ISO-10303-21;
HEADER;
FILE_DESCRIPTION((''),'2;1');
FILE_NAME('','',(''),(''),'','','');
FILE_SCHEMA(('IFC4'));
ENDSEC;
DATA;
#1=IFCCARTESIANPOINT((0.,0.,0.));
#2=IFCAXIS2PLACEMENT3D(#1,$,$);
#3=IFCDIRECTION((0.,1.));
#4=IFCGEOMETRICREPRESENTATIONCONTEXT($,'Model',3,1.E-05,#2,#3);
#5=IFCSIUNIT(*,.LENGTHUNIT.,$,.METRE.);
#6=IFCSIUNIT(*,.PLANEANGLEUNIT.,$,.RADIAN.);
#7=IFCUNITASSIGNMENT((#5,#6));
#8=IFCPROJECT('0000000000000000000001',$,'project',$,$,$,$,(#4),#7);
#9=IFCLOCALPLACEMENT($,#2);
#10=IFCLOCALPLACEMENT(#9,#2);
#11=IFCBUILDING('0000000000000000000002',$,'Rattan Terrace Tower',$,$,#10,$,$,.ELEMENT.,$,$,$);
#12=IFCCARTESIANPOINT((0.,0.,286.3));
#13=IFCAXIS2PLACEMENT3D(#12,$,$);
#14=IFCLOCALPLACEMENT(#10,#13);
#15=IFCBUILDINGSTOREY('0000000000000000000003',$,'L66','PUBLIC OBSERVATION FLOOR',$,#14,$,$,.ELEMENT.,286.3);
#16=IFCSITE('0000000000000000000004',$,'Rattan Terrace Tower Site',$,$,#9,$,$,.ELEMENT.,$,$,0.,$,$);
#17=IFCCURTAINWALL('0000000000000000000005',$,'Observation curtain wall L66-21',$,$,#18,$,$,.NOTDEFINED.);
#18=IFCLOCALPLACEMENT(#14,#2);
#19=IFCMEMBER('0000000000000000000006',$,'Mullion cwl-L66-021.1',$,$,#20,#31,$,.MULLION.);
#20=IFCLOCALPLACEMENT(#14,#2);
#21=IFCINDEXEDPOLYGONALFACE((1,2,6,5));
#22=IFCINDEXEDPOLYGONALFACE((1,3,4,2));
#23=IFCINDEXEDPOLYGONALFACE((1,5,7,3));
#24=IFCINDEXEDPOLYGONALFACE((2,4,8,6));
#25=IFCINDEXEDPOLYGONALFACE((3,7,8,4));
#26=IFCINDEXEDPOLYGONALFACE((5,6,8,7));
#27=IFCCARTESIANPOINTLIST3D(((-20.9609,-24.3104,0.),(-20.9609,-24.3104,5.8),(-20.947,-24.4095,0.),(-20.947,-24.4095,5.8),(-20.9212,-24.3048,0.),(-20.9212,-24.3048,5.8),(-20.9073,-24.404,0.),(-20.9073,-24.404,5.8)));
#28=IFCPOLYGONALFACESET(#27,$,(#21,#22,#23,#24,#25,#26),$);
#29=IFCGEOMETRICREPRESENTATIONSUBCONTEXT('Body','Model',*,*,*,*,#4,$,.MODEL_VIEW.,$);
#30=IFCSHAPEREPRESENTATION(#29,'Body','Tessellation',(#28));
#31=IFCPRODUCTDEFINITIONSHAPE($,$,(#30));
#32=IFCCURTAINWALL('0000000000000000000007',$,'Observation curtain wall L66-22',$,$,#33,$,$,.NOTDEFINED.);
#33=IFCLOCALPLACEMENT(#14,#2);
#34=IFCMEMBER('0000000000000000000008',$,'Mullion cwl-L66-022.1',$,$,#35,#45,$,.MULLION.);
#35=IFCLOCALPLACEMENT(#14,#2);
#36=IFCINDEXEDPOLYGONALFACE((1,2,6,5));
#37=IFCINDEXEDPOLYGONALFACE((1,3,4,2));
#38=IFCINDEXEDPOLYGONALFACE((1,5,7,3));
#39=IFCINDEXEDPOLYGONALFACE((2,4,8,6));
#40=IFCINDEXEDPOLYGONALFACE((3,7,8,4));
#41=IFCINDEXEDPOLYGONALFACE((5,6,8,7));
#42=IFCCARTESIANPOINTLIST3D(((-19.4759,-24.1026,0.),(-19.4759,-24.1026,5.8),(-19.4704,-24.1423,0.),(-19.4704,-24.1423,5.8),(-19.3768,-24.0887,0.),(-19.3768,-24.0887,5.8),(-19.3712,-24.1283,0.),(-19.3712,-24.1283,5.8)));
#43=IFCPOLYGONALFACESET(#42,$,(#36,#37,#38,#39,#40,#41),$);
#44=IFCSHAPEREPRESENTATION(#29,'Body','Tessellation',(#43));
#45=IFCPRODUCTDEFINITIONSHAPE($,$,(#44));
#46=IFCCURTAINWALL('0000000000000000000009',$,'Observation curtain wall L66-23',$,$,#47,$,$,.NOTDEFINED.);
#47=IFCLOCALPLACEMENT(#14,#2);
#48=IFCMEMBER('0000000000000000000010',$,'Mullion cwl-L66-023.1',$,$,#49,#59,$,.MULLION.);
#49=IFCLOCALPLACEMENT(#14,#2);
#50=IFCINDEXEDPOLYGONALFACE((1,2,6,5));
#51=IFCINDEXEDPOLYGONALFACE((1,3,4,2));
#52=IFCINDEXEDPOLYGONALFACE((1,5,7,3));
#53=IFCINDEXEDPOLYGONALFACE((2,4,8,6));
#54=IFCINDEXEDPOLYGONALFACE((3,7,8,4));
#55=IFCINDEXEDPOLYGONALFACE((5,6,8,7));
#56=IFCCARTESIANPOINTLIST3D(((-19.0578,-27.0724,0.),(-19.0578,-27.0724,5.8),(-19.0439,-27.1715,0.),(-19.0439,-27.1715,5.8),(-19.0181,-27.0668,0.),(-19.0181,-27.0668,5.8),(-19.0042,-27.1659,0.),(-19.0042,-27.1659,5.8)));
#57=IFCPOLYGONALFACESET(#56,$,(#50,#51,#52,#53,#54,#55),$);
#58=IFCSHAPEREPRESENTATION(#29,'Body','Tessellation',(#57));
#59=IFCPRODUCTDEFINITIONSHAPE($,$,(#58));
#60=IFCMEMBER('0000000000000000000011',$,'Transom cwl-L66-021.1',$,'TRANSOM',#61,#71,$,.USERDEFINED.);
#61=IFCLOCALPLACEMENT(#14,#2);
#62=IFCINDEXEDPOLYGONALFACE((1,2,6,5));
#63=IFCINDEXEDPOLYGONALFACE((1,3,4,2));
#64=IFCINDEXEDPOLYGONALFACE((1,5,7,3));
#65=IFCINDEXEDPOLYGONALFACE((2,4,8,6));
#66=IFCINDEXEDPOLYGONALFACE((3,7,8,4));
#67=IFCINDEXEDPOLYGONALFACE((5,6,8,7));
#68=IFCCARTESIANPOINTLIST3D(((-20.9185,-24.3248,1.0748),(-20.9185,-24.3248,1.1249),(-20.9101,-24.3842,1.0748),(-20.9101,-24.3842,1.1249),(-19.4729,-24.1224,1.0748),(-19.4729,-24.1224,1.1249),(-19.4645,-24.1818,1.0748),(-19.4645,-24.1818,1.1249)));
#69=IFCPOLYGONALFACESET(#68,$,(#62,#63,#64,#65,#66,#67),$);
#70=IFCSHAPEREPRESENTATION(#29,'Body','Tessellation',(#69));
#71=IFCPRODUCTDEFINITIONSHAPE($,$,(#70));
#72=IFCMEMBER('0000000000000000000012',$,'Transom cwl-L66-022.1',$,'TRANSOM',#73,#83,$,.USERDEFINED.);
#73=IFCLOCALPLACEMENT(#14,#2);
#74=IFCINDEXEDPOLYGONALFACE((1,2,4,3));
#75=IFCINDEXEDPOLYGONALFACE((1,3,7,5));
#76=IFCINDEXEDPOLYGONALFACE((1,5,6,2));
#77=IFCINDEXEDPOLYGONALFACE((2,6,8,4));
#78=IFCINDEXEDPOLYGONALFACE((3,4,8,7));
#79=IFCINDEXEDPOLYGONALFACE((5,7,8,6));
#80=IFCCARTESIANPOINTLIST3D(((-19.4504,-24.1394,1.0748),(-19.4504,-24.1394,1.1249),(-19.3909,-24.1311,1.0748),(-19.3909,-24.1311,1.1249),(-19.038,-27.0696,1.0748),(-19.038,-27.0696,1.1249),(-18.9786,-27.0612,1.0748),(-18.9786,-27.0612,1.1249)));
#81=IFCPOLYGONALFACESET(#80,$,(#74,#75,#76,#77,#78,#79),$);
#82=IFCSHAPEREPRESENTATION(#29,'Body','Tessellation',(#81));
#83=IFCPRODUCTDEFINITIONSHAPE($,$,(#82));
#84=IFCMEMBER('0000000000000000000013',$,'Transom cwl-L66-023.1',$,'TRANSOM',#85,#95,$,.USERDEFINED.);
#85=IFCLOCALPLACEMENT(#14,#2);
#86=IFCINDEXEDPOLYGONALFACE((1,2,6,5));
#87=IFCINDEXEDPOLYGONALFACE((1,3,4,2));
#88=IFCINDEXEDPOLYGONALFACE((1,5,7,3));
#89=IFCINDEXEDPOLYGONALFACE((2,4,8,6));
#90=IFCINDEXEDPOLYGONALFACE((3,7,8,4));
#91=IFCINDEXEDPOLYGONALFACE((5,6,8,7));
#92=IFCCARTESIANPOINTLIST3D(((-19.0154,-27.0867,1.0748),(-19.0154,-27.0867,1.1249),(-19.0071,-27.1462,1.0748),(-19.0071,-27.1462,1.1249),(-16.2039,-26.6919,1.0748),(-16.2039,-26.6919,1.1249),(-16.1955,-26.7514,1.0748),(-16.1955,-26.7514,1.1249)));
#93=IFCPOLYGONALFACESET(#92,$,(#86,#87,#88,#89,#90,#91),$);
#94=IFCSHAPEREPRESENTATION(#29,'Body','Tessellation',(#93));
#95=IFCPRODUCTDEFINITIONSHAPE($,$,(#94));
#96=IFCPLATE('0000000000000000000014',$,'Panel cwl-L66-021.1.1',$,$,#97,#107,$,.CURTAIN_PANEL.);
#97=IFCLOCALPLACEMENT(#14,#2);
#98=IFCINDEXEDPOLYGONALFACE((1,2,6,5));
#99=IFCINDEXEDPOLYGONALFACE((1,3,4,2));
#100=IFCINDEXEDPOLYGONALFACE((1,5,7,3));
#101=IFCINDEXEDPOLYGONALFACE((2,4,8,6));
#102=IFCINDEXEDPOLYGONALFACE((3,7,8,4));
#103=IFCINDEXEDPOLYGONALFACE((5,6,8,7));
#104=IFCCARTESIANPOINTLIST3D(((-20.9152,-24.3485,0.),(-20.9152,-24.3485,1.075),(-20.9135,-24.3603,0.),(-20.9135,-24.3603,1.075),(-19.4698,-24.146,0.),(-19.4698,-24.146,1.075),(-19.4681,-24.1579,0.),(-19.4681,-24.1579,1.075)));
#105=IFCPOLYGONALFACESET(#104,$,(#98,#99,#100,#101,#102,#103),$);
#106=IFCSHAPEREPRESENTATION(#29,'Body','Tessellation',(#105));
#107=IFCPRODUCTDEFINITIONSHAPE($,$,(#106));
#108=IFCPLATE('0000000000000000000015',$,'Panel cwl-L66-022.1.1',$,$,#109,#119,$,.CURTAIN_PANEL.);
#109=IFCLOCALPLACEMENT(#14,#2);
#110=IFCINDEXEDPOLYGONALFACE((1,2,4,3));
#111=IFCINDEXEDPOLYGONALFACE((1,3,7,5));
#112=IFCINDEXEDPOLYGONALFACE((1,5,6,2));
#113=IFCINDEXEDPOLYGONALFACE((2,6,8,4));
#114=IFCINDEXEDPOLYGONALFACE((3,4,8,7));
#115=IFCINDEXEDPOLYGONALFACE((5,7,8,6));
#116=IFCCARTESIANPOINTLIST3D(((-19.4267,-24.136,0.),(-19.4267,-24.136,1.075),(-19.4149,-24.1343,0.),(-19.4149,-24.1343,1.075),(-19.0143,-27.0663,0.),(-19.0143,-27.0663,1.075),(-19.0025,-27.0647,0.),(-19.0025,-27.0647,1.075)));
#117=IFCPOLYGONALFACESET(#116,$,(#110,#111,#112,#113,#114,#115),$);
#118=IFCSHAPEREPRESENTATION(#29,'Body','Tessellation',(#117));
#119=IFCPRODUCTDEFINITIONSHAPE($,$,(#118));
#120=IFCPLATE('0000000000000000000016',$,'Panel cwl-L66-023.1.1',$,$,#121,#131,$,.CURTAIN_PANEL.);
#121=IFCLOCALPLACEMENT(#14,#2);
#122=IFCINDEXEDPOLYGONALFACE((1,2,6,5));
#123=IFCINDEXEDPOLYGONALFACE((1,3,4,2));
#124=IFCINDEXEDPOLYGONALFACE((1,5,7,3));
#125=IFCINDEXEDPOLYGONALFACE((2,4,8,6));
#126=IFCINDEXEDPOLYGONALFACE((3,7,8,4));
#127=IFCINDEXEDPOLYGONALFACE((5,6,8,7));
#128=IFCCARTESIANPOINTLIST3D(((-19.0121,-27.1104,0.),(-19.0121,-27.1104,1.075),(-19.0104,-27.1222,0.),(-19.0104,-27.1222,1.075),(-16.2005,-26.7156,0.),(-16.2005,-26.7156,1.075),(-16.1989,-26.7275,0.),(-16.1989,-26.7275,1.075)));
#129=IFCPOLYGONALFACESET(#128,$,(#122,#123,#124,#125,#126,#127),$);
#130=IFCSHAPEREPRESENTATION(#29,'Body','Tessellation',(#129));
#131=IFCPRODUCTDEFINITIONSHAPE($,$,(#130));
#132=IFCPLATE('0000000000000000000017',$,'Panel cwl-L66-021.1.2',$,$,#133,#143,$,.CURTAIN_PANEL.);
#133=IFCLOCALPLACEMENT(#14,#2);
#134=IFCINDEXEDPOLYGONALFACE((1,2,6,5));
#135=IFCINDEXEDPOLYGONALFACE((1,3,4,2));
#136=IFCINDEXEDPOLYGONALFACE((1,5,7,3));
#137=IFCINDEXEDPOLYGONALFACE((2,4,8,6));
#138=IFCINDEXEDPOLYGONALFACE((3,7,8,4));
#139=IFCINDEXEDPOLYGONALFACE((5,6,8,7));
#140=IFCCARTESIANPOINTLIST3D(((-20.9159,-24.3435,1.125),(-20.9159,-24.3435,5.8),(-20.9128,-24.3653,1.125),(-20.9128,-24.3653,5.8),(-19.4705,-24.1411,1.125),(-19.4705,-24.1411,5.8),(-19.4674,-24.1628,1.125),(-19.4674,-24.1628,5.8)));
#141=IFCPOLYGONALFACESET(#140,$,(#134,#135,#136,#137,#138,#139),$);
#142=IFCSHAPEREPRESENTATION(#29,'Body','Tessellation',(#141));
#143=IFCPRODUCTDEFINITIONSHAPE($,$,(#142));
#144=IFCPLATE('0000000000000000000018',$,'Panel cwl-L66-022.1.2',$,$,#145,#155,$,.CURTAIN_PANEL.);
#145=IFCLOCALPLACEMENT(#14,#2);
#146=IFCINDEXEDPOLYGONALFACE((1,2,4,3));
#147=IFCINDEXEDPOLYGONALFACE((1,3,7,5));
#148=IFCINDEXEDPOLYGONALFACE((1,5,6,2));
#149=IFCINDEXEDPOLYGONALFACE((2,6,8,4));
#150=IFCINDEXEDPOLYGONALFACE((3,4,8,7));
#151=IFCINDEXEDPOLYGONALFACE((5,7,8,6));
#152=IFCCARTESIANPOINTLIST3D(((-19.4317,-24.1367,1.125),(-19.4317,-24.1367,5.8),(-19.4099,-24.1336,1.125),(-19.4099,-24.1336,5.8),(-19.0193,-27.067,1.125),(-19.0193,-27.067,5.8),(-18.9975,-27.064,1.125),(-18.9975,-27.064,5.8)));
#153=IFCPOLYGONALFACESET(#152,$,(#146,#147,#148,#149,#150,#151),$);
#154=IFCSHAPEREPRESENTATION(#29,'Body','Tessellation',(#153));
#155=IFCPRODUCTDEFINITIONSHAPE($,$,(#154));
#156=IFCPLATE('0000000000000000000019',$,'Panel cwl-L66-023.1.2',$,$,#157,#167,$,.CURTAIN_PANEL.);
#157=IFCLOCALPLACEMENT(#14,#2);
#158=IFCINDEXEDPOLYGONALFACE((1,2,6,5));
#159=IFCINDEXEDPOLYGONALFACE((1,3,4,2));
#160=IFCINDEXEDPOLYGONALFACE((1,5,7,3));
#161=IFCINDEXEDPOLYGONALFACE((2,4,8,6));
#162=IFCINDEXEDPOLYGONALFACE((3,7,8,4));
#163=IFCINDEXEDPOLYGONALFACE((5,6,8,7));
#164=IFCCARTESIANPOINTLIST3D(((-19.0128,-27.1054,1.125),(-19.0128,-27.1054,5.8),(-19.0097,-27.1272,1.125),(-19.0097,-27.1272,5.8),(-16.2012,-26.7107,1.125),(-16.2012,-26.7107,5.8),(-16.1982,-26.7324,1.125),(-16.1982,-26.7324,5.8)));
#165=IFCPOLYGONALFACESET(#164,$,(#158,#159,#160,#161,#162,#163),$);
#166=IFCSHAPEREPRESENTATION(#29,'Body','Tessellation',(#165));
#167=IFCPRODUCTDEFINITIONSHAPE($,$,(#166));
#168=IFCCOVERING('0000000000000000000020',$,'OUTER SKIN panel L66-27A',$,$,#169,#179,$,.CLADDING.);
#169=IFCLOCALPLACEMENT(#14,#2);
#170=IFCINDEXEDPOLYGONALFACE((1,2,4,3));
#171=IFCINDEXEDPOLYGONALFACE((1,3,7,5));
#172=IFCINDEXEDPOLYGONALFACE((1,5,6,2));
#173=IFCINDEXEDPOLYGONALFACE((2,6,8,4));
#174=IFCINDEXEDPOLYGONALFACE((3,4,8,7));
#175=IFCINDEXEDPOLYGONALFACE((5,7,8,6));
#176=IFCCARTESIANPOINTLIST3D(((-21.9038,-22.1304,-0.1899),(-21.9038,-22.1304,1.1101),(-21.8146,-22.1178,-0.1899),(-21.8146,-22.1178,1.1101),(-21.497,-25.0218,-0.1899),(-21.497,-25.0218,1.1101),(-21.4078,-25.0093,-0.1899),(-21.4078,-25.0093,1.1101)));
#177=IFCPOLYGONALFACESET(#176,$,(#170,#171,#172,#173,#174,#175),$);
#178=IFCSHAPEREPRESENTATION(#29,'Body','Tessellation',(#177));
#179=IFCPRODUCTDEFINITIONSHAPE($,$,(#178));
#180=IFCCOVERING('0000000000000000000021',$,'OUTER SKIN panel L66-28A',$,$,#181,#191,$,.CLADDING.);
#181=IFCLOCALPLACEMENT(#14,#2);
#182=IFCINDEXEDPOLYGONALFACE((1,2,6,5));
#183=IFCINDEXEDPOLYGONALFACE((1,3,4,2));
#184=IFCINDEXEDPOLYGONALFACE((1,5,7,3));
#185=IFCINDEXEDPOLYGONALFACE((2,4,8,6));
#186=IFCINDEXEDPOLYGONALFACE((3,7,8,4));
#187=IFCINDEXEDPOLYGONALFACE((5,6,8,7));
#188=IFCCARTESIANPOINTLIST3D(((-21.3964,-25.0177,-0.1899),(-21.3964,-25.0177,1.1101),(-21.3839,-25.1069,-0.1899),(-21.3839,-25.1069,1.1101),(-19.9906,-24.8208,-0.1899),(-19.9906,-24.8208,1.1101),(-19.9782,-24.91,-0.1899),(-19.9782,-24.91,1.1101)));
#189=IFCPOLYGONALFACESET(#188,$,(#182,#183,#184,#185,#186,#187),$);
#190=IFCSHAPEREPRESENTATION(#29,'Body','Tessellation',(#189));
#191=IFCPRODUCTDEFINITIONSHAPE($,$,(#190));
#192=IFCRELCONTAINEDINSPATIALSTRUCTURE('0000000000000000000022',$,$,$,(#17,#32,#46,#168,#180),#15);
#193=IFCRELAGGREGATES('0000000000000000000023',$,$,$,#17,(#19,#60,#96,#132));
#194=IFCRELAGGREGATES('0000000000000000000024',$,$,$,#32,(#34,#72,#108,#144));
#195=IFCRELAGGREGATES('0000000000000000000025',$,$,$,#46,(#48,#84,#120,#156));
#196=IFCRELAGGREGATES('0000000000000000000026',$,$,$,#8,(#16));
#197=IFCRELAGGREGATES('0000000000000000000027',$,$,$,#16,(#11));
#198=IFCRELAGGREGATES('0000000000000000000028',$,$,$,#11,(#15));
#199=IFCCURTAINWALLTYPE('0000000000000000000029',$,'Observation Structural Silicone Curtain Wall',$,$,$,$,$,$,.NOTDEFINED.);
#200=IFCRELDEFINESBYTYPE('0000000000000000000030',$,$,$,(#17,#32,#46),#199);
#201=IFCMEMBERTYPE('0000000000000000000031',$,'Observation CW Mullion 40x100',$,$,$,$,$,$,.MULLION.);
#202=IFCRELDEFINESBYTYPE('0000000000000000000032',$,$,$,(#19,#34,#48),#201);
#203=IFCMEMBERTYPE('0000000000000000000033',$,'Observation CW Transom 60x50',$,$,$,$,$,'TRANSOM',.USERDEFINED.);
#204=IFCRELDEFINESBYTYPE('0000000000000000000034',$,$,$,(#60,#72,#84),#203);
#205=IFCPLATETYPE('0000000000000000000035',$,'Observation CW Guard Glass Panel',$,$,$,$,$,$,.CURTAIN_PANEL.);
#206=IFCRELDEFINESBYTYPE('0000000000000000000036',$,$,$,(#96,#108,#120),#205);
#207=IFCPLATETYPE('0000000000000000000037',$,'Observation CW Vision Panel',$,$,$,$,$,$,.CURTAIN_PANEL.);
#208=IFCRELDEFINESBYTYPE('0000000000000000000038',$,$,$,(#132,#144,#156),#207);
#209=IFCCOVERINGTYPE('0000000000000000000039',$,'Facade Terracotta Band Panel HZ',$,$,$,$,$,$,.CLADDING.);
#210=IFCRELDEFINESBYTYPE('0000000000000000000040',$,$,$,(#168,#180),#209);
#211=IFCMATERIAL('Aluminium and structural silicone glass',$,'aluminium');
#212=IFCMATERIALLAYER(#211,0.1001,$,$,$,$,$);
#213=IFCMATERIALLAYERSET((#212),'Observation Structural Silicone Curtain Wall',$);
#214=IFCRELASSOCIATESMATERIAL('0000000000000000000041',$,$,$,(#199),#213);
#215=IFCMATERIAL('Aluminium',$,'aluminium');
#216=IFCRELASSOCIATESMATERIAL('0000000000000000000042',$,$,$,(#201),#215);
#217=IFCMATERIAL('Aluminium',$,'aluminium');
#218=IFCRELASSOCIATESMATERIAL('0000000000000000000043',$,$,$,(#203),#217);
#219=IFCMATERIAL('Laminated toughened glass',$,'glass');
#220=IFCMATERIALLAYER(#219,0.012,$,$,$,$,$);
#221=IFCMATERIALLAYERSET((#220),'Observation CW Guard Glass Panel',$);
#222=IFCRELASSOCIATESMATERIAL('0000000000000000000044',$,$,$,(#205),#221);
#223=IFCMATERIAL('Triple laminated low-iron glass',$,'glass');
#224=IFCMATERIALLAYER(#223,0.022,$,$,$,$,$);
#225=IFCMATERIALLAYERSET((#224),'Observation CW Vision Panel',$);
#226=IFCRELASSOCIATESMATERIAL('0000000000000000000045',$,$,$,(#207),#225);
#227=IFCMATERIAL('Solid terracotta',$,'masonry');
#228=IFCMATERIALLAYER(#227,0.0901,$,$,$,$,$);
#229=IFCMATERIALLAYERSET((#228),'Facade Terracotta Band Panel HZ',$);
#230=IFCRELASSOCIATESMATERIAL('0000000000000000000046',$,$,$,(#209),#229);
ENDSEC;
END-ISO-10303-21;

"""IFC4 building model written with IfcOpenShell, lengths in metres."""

from ifc_helpers import new_model, si_unit, direction, frame, origin, origin_2d, place, context, subcontext, project, spatial, rectangle, extrude, material, layer, layer_set, material_profile, profile_set, type_object, element, aggregate, save


model = new_model("IFC4")

# Units and contexts
model_context = context("Model", 3, precision=1e-05, world=origin(), true_north=direction((0.0, 1.0)))
body_context = subcontext(model_context, "Body", "Model", "MODEL_VIEW")
ifc_project = project(units=[si_unit("LENGTHUNIT", "METRE"), si_unit("PLANEANGLEUNIT", "RADIAN")], contexts=[model_context])

# Site, building, storey
site_placement = place(None, origin())
site = spatial("IfcSite", under=ifc_project, at=site_placement, Name="Rattan Terrace Tower Site", CompositionType="ELEMENT", RefElevation=0.0)
building_placement = place(site_placement, origin())
building = spatial("IfcBuilding", under=site, at=building_placement, Name="Rattan Terrace Tower", CompositionType="ELEMENT")
storey_placement = place(building_placement, frame((0.0, 0.0, 286.3)))
storey = spatial("IfcBuildingStorey", under=building, at=storey_placement, Name="L66", Description="PUBLIC OBSERVATION FLOOR", CompositionType="ELEMENT", Elevation=286.3)

# Curtain walls, members
ifc_material_1 = material(Name="Aluminium and structural silicone glass", Category="aluminium")
ifc_layer_1 = layer(ifc_material_1, 0.1001)
ifc_layer_set_1 = layer_set([ifc_layer_1], Name="Observation Structural Silicone Curtain Wall")
curtain_wall_type = type_object("IfcCurtainWallType", Name="Observation Structural Silicone Curtain Wall", PredefinedType="NOTDEFINED", material=ifc_layer_set_1)
curtain_wall_1_placement = place(storey_placement, origin())
curtain_wall_1 = element("IfcCurtainWall", 1, at=curtain_wall_1_placement, inside=storey, type_object=curtain_wall_type, Name="Observation curtain wall L66-21", PredefinedType="NOTDEFINED")
ifc_material_2 = material(Name="Aluminium", Category="aluminium")
ifc_material_profile_1 = material_profile(ifc_material_2, rectangle(XDim=0.04, YDim=0.1001, at=origin_2d()), Name="Aluminium 40x100")
ifc_profile_set_1 = profile_set([ifc_material_profile_1], Name="Aluminium")
member_type_1 = type_object("IfcMemberType", Name="Observation CW Mullion 40x100", PredefinedType="MULLION", material=ifc_profile_set_1)
member_1_placement = place(storey_placement, frame((-20.9341, -24.3572, 0.0), z_axis=(0.0, 0.0, 1.0), x_axis=(0.990333, 0.138713, 0.0)))
member_1 = element("IfcMember", 2, at=member_1_placement, type_object=member_type_1, Name="Mullion cwl-L66-021.1", PredefinedType="MULLION", context=body_context, shape_type="SweptSolid", body=[
    extrude(rectangle(XDim=0.04, YDim=0.1001, at=origin_2d()), origin(), (0.0, 0.0, 1.0), 5.8),
])
curtain_wall_2_placement = place(storey_placement, origin())
curtain_wall_2 = element("IfcCurtainWall", 3, at=curtain_wall_2_placement, inside=storey, type_object=curtain_wall_type, Name="Observation curtain wall L66-22", PredefinedType="NOTDEFINED")
member_2_placement = place(storey_placement, frame((-19.4236, -24.1155, 0.0), z_axis=(0.0, 0.0, 1.0), x_axis=(0.139367, -0.990241, 0.0)))
member_2 = element("IfcMember", 4, at=member_2_placement, type_object=member_type_1, Name="Mullion cwl-L66-022.1", PredefinedType="MULLION", context=body_context, shape_type="SweptSolid", body=[
    extrude(rectangle(XDim=0.04, YDim=0.1001, at=origin_2d()), origin(), (0.0, 0.0, 1.0), 5.8),
])
curtain_wall_3_placement = place(storey_placement, origin())
curtain_wall_3 = element("IfcCurtainWall", 5, at=curtain_wall_3_placement, inside=storey, type_object=curtain_wall_type, Name="Observation curtain wall L66-23", PredefinedType="NOTDEFINED")
member_3_placement = place(storey_placement, frame((-19.031, -27.1191, 0.0), z_axis=(0.0, 0.0, 1.0), x_axis=(0.990287, 0.13904, 0.0)))
member_3 = element("IfcMember", 6, at=member_3_placement, type_object=member_type_1, Name="Mullion cwl-L66-023.1", PredefinedType="MULLION", context=body_context, shape_type="SweptSolid", body=[
    extrude(rectangle(XDim=0.04, YDim=0.1001, at=origin_2d()), origin(), (0.0, 0.0, 1.0), 5.8),
])

# Members
ifc_material_3 = material(Name="Aluminium", Category="aluminium")
ifc_material_profile_2 = material_profile(ifc_material_3, rectangle(XDim=0.0601, YDim=0.05, at=origin_2d()), Name="Aluminium 60x50")
ifc_profile_set_2 = profile_set([ifc_material_profile_2], Name="Aluminium")
member_type_2 = type_object("IfcMemberType", Name="Observation CW Transom 60x50", ElementType="TRANSOM", PredefinedType="USERDEFINED", material=ifc_profile_set_2)
member_4_placement = place(storey_placement, frame((-20.9143, -24.3545, 1.0999), z_axis=(0.99034, 0.138658, 0.0), x_axis=(-0.138658, 0.99034, 0.0)))
member_4 = element("IfcMember", 7, at=member_4_placement, type_object=member_type_2, Name="Transom cwl-L66-021.1", ObjectType="TRANSOM", PredefinedType="USERDEFINED", context=body_context, shape_type="SweptSolid", body=[
    extrude(rectangle(XDim=0.0601, YDim=0.05, at=origin_2d()), origin(), (0.0, 0.0, 1.0), 1.4597),
])
member_5_placement = place(storey_placement, frame((-19.4207, -24.1353, 1.0999), z_axis=(0.139353, -0.990243, 0.0), x_axis=(0.990243, 0.139353, 0.0)))
member_5 = element("IfcMember", 8, at=member_5_placement, type_object=member_type_2, Name="Transom cwl-L66-022.1", ObjectType="TRANSOM", PredefinedType="USERDEFINED", context=body_context, shape_type="SweptSolid", body=[
    extrude(rectangle(XDim=0.0601, YDim=0.05, at=origin_2d()), origin(), (0.0, 0.0, 1.0), 2.959),
])
member_6_placement = place(storey_placement, frame((-19.0112, -27.1165, 1.0999), z_axis=(0.990285, 0.139049, 0.0), x_axis=(-0.139049, 0.990285, 0.0)))
member_6 = element("IfcMember", 9, at=member_6_placement, type_object=member_type_2, Name="Transom cwl-L66-023.1", ObjectType="TRANSOM", PredefinedType="USERDEFINED", context=body_context, shape_type="SweptSolid", body=[
    extrude(rectangle(XDim=0.0601, YDim=0.05, at=origin_2d()), origin(), (0.0, 0.0, 1.0), 2.8391),
])

# Plates
ifc_material_4 = material(Name="Laminated toughened glass", Category="glass")
ifc_layer_2 = layer(ifc_material_4, 0.012)
ifc_layer_set_2 = layer_set([ifc_layer_2], Name="Observation CW Guard Glass Panel")
plate_type_1 = type_object("IfcPlateType", Name="Observation CW Guard Glass Panel", PredefinedType="CURTAIN_PANEL", material=ifc_layer_set_2)
plate_1_placement = place(storey_placement, frame((-20.1917, -24.2532, 0.0), z_axis=(0.0, 0.0, 1.0), x_axis=(0.990333, 0.138713, 0.0)))
plate_1 = element("IfcPlate", 10, at=plate_1_placement, type_object=plate_type_1, Name="Panel cwl-L66-021.1.1", PredefinedType="CURTAIN_PANEL", context=body_context, shape_type="SweptSolid", body=[
    extrude(rectangle(XDim=1.4595, YDim=0.012, at=origin_2d()), origin(), (0.0, 0.0, 1.0), 1.075),
])
plate_2_placement = place(storey_placement, frame((-19.2146, -25.6003, 0.0), z_axis=(0.0, 0.0, 1.0), x_axis=(0.139367, -0.990241, 0.0)))
plate_2 = element("IfcPlate", 11, at=plate_2_placement, type_object=plate_type_1, Name="Panel cwl-L66-022.1.1", PredefinedType="CURTAIN_PANEL", context=body_context, shape_type="SweptSolid", body=[
    extrude(rectangle(XDim=2.9592, YDim=0.012, at=origin_2d()), origin(), (0.0, 0.0, 1.0), 1.075),
])
plate_3_placement = place(storey_placement, frame((-17.6055, -26.9189, 0.0), z_axis=(0.0, 0.0, 1.0), x_axis=(0.990287, 0.13904, 0.0)))
plate_3 = element("IfcPlate", 12, at=plate_3_placement, type_object=plate_type_1, Name="Panel cwl-L66-023.1.1", PredefinedType="CURTAIN_PANEL", context=body_context, shape_type="SweptSolid", body=[
    extrude(rectangle(XDim=2.8391, YDim=0.012, at=origin_2d()), origin(), (0.0, 0.0, 1.0), 1.075),
])
ifc_material_5 = material(Name="Triple laminated low-iron glass", Category="glass")
ifc_layer_3 = layer(ifc_material_5, 0.022)
ifc_layer_set_3 = layer_set([ifc_layer_3], Name="Observation CW Vision Panel")
plate_type_2 = type_object("IfcPlateType", Name="Observation CW Vision Panel", PredefinedType="CURTAIN_PANEL", material=ifc_layer_set_3)
plate_4_placement = place(storey_placement, frame((-20.1917, -24.2532, 1.125), z_axis=(0.0, 0.0, 1.0), x_axis=(0.990333, 0.138713, 0.0)))
plate_4 = element("IfcPlate", 13, at=plate_4_placement, type_object=plate_type_2, Name="Panel cwl-L66-021.1.2", PredefinedType="CURTAIN_PANEL", context=body_context, shape_type="SweptSolid", body=[
    extrude(rectangle(XDim=1.4595, YDim=0.022, at=origin_2d()), origin(), (0.0, 0.0, 1.0), 4.675),
])
aggregate(curtain_wall_1, [member_1, member_4, plate_1, plate_4])
plate_5_placement = place(storey_placement, frame((-19.2146, -25.6003, 1.125), z_axis=(0.0, 0.0, 1.0), x_axis=(0.139367, -0.990241, 0.0)))
plate_5 = element("IfcPlate", 14, at=plate_5_placement, type_object=plate_type_2, Name="Panel cwl-L66-022.1.2", PredefinedType="CURTAIN_PANEL", context=body_context, shape_type="SweptSolid", body=[
    extrude(rectangle(XDim=2.9592, YDim=0.022, at=origin_2d()), origin(), (0.0, 0.0, 1.0), 4.675),
])
aggregate(curtain_wall_2, [member_2, member_5, plate_2, plate_5])
plate_6_placement = place(storey_placement, frame((-17.6055, -26.9189, 1.125), z_axis=(0.0, 0.0, 1.0), x_axis=(0.990287, 0.13904, 0.0)))
plate_6 = element("IfcPlate", 15, at=plate_6_placement, type_object=plate_type_2, Name="Panel cwl-L66-023.1.2", PredefinedType="CURTAIN_PANEL", context=body_context, shape_type="SweptSolid", body=[
    extrude(rectangle(XDim=2.8391, YDim=0.022, at=origin_2d()), origin(), (0.0, 0.0, 1.0), 4.675),
])
aggregate(curtain_wall_3, [member_3, member_6, plate_3, plate_6])

# Coverings
ifc_material_6 = material(Name="Solid terracotta", Category="masonry")
ifc_layer_4 = layer(ifc_material_6, 0.0901)
ifc_layer_set_4 = layer_set([ifc_layer_4], Name="Facade Terracotta Band Panel HZ")
covering_type_1 = type_object("IfcCoveringType", Name="Facade Terracotta Band Panel HZ", PredefinedType="CLADDING", material=ifc_layer_set_4)
covering_1_placement = place(storey_placement, frame((-21.6558, -23.5698, -0.1899), z_axis=(0.0, 0.0, 1.0), x_axis=(0.139321, -0.990247, 0.0)))
element("IfcCovering", 16, at=covering_1_placement, inside=storey, type_object=covering_type_1, Name="OUTER SKIN panel L66-27A", PredefinedType="CLADDING", context=body_context, shape_type="SweptSolid", body=[
    extrude(rectangle(XDim=2.9199, YDim=0.0901, at=origin_2d()), origin(), (0.0, 0.0, 1.0), 1.3),
])
covering_2_placement = place(storey_placement, frame((-20.6873, -24.9639, -0.1899), z_axis=(0.0, 0.0, 1.0), x_axis=(0.990333, 0.138713, 0.0)))
element("IfcCovering", 17, at=covering_2_placement, inside=storey, type_object=covering_type_1, Name="OUTER SKIN panel L66-28A", PredefinedType="CLADDING", context=body_context, shape_type="SweptSolid", body=[
    extrude(rectangle(XDim=1.4194, YDim=0.0901, at=origin_2d()), origin(), (0.0, 0.0, 1.0), 1.3),
])

save(model, "model.ifc")
